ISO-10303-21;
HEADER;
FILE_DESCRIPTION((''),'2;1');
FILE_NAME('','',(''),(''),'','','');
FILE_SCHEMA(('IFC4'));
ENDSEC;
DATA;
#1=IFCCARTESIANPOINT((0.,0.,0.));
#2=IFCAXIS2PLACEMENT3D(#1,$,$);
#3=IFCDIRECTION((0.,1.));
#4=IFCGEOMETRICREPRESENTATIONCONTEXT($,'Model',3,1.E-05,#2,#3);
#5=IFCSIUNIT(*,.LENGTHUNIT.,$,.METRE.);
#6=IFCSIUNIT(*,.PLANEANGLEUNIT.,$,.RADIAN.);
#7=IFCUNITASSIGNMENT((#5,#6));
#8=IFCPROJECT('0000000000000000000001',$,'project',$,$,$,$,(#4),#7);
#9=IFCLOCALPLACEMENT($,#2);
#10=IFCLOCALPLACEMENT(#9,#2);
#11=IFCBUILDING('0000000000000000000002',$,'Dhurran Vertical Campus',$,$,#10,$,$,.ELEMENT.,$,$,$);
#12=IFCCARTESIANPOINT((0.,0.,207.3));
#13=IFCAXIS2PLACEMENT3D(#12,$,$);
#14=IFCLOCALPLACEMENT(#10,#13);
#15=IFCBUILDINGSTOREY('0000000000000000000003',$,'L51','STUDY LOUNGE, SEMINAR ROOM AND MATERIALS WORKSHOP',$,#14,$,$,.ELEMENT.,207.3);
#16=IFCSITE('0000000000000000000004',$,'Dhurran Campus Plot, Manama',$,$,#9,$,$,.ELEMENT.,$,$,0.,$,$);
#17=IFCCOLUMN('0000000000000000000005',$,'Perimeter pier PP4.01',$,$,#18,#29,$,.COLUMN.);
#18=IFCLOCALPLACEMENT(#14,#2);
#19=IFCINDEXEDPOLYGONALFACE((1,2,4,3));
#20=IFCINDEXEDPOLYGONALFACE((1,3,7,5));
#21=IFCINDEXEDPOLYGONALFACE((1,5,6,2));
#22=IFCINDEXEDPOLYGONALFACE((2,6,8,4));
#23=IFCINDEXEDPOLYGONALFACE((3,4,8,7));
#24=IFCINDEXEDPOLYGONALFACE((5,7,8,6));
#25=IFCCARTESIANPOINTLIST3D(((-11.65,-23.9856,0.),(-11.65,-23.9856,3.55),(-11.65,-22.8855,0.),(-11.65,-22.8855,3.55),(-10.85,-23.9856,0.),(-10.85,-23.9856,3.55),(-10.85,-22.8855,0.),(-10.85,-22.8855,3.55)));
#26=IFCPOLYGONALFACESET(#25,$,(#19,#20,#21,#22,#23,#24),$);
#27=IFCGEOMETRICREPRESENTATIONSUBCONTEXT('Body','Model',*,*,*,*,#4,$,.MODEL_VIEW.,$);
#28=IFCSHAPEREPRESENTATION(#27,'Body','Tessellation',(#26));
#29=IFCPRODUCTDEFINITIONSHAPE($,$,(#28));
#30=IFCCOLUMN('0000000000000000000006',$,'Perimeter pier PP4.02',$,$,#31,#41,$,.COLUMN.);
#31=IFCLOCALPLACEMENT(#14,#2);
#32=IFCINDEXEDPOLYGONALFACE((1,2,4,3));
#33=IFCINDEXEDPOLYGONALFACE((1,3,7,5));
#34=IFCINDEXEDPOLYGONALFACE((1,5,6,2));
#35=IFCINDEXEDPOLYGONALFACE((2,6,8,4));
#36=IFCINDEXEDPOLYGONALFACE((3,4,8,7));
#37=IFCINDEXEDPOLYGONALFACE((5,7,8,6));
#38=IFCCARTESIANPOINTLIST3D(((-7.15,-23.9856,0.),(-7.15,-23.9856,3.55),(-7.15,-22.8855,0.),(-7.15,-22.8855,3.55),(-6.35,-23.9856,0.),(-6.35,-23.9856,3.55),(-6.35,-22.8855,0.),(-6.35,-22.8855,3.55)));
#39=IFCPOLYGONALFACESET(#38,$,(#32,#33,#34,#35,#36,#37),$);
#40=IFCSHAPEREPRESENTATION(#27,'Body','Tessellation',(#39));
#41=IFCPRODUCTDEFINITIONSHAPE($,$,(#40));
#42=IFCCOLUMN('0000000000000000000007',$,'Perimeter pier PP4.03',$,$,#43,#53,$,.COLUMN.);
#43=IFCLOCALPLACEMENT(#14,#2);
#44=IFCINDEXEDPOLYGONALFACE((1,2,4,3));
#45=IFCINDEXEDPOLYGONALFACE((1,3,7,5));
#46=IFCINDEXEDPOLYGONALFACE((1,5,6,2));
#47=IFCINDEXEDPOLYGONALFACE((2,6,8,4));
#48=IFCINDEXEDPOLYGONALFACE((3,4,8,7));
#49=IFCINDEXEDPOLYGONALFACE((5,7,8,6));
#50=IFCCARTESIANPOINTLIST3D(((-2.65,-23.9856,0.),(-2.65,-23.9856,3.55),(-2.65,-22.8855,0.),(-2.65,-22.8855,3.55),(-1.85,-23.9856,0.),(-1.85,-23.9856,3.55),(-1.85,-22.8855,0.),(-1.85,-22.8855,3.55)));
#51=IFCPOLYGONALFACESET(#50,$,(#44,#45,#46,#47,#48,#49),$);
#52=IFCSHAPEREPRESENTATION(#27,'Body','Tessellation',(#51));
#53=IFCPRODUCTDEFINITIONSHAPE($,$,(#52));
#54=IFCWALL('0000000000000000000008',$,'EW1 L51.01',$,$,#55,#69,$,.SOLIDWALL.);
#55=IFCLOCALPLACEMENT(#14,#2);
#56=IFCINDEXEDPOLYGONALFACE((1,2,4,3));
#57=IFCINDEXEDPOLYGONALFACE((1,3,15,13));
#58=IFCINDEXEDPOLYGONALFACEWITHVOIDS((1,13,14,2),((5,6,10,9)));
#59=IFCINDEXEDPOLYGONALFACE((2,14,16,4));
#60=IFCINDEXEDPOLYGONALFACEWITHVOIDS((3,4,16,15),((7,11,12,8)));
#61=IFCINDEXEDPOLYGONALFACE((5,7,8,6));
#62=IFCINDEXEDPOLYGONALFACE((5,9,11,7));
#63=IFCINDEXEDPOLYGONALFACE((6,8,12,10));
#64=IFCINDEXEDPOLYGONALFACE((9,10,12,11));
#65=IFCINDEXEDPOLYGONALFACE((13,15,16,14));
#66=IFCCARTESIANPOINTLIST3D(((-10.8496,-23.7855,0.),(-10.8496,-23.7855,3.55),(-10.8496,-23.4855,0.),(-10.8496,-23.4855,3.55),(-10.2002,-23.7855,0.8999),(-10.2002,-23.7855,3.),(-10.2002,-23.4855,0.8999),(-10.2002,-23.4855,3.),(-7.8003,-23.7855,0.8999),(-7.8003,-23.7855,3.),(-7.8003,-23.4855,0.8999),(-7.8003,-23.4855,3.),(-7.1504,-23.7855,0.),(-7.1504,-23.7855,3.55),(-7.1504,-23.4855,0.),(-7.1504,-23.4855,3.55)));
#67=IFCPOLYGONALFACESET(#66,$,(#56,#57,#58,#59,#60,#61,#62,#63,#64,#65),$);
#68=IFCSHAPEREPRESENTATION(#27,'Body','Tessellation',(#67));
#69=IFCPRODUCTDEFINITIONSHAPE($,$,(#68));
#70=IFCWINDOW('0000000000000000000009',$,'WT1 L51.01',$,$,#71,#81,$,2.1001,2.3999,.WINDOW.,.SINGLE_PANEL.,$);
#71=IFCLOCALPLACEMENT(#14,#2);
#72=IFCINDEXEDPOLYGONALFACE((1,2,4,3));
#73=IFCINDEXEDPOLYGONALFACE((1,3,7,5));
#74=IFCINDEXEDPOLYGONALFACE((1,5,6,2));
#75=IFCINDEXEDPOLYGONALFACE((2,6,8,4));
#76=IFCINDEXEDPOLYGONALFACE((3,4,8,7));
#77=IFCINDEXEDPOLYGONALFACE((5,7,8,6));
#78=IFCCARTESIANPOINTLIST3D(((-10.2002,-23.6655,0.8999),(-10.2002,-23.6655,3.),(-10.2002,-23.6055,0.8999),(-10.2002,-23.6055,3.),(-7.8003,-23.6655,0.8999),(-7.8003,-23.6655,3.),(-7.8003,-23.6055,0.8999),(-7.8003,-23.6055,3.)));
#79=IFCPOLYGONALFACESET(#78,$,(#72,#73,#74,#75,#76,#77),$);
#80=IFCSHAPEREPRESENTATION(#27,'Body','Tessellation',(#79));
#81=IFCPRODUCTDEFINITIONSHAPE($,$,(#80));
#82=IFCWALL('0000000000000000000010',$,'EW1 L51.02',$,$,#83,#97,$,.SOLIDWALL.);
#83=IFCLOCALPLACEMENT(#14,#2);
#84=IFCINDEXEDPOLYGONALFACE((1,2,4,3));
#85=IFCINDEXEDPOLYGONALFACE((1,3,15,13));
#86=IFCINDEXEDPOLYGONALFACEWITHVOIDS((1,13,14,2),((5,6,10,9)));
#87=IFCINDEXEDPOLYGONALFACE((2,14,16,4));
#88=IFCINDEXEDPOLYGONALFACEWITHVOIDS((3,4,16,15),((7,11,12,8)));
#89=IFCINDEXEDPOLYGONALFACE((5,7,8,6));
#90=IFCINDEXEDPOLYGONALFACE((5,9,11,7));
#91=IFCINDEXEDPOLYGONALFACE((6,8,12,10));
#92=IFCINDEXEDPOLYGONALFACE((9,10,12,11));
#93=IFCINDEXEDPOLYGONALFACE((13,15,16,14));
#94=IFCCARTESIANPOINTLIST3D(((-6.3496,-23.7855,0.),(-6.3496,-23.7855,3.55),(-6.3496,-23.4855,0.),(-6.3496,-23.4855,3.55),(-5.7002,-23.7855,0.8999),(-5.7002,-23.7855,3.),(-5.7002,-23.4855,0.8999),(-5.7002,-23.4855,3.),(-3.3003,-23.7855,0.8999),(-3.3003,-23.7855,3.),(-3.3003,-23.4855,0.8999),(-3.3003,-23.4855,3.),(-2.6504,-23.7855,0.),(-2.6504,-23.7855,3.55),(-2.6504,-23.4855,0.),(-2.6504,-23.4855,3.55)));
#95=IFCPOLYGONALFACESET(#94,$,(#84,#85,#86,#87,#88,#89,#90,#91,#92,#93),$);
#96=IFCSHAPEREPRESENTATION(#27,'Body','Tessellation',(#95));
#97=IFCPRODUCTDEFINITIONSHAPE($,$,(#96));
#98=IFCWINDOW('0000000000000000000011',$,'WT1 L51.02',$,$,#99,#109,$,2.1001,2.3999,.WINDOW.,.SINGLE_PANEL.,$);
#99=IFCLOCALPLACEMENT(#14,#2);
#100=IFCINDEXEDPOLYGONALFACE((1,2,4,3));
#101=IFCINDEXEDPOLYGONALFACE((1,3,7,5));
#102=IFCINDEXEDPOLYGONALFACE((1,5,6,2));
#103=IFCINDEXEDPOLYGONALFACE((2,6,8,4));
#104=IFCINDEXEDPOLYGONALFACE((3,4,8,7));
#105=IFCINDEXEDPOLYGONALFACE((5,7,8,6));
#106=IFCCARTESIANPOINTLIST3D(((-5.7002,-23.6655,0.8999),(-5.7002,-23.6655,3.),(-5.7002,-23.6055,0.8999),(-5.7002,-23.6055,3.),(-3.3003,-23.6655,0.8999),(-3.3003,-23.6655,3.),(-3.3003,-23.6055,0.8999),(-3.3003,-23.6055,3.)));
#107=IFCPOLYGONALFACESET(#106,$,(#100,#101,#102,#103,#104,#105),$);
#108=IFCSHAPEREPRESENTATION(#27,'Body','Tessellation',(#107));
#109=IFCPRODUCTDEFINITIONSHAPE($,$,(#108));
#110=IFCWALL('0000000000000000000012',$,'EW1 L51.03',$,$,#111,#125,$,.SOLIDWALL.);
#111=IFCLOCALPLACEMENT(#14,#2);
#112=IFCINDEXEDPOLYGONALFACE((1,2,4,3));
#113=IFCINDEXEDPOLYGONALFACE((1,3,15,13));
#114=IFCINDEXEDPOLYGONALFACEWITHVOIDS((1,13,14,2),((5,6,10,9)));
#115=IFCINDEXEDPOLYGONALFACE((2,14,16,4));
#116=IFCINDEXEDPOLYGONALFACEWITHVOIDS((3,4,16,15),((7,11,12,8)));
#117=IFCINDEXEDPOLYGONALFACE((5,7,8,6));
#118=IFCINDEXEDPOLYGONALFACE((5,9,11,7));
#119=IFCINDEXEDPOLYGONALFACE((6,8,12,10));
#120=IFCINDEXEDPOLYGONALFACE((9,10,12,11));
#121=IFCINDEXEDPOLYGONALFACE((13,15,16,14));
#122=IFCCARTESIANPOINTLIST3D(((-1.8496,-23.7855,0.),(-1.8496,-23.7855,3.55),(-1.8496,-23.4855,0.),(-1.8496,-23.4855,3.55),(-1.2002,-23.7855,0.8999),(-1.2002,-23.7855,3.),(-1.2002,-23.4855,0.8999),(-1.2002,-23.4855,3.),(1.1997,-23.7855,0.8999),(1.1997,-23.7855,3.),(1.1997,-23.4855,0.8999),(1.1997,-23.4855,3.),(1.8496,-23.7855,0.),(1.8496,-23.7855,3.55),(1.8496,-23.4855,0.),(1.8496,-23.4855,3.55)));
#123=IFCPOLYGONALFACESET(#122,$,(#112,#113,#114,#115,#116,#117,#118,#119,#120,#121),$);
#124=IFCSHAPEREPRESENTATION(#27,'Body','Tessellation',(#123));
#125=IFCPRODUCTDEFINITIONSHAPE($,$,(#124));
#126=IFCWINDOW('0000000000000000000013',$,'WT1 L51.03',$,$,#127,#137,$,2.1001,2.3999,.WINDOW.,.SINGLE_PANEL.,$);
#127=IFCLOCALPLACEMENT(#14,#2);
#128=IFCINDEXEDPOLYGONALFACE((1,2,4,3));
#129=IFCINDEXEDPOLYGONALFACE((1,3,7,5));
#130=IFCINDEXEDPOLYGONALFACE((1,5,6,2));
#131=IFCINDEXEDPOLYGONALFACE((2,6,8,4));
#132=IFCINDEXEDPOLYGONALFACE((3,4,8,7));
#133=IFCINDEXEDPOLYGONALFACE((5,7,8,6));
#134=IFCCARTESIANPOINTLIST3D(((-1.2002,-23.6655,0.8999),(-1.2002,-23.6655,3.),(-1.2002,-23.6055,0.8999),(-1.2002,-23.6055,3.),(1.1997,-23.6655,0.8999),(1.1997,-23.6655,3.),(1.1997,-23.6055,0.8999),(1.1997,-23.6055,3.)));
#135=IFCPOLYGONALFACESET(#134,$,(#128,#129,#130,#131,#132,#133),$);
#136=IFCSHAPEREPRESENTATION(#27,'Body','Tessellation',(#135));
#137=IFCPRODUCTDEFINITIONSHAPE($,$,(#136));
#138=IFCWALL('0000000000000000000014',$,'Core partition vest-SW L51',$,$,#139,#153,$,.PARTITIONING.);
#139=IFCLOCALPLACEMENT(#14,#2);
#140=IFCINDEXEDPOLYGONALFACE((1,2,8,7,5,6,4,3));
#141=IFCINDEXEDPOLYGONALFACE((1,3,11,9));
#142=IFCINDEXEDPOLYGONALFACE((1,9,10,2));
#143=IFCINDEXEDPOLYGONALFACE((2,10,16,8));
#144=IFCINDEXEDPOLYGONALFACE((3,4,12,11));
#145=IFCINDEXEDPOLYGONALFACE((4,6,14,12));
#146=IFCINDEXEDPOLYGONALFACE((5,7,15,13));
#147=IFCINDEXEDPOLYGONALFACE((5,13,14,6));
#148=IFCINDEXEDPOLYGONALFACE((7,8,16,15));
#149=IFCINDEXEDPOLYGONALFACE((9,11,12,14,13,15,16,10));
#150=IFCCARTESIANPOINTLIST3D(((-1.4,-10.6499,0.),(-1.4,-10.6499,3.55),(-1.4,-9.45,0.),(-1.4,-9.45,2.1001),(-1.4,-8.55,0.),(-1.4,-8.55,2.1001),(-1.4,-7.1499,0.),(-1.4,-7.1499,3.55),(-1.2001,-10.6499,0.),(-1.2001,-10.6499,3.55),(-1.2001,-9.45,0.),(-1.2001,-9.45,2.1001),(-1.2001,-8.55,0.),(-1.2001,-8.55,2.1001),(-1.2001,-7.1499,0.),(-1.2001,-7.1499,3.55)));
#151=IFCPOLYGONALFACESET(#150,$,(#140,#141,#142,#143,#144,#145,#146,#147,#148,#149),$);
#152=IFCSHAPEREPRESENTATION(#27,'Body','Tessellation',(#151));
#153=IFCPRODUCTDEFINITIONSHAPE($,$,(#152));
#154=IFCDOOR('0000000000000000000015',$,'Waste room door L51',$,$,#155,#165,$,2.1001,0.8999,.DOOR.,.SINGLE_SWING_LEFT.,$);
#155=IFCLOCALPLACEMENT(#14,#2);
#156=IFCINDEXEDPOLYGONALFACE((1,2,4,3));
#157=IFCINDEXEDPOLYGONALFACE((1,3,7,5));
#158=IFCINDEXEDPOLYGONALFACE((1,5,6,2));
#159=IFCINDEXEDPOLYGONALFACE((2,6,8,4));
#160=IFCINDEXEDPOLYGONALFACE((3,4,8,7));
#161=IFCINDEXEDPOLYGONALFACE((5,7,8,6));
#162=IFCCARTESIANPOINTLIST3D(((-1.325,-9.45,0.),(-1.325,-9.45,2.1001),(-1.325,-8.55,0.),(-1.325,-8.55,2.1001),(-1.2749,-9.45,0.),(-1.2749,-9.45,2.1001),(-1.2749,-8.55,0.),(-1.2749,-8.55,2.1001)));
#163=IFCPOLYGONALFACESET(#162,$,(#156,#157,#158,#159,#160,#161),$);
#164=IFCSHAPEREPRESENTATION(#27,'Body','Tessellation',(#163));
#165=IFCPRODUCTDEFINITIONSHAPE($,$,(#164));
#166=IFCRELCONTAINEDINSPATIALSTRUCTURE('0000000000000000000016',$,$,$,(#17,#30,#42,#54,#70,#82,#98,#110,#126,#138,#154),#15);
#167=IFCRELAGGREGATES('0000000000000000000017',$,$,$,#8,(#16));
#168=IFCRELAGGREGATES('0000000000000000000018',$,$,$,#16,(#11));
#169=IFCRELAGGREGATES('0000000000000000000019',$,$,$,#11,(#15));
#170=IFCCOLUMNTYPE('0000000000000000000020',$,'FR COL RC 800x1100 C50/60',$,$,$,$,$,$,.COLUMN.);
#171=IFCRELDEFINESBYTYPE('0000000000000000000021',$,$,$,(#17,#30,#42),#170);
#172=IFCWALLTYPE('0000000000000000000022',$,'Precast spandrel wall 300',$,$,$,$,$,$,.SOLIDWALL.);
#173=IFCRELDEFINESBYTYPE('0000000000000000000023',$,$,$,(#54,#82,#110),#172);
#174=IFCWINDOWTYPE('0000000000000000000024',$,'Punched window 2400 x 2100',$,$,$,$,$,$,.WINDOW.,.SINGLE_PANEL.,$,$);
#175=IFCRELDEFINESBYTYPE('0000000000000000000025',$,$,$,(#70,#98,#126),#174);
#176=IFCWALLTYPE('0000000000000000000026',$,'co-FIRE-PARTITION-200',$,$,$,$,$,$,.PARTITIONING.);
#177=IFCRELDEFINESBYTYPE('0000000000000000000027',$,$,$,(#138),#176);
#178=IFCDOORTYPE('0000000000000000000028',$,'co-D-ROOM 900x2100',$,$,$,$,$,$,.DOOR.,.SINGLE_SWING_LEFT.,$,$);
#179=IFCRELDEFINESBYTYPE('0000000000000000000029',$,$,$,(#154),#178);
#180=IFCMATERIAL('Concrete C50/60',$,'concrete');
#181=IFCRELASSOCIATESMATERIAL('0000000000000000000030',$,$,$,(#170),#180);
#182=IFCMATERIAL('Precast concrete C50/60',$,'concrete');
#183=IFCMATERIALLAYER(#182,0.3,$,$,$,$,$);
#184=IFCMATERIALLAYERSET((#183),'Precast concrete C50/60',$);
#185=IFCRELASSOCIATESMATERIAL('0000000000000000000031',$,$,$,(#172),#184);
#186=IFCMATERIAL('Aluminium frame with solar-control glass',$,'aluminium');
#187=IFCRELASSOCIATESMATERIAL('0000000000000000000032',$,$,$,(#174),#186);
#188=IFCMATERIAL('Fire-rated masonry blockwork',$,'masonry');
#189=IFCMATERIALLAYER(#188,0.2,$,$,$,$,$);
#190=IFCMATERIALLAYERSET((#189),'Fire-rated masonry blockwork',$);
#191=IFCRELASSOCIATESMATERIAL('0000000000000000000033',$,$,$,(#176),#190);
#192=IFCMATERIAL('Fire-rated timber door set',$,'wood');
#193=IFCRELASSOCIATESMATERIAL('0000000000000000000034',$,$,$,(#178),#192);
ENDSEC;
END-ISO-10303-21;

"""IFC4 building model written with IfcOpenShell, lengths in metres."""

from ifc_helpers import new_model, si_unit, direction, frame, frame_2d, origin, origin_2d, place, context, subcontext, project, spatial, rectangle, extrude, material, layer, layer_set, material_profile, profile_set, type_object, element, fill, save


model = new_model("IFC4")

# Units and contexts
model_context = context("Model", 3, precision=1e-05, world=origin(), true_north=direction((0.0, 1.0)))
body_context = subcontext(model_context, "Body", "Model", "MODEL_VIEW")
ifc_project = project(units=[si_unit("LENGTHUNIT", "METRE"), si_unit("PLANEANGLEUNIT", "RADIAN")], contexts=[model_context])

# Site, building, storey
site_placement = place(None, origin())
site = spatial("IfcSite", under=ifc_project, at=site_placement, Name="Dhurran Campus Plot, Manama", CompositionType="ELEMENT", RefElevation=0.0)
building_placement = place(site_placement, origin())
building = spatial("IfcBuilding", under=site, at=building_placement, Name="Dhurran Vertical Campus", CompositionType="ELEMENT")
storey_placement = place(building_placement, frame((0.0, 0.0, 207.3)))
storey = spatial("IfcBuildingStorey", under=building, at=storey_placement, Name="L51", Description="STUDY LOUNGE, SEMINAR ROOM AND MATERIALS WORKSHOP", CompositionType="ELEMENT", Elevation=207.3)

# Columns
ifc_material_1 = material(Name="Concrete C50/60", Category="concrete")
ifc_material_profile = material_profile(ifc_material_1, rectangle(XDim=0.8, YDim=1.1001, at=origin_2d()), Name="RC 800x1100")
ifc_profile_set = profile_set([ifc_material_profile], Name="Concrete C50/60")
column_type = type_object("IfcColumnType", Name="FR COL RC 800x1100 C50/60", PredefinedType="COLUMN", material=ifc_profile_set)
for number, where, z_axis, x_axis, name in (
    (1, (-11.25, -23.4355, 0.0), (0.0, 0.0, 1.0), (1.0, 0.0, 0.0), "Perimeter pier PP4.01"),
    (2, (-6.75, -23.4355, 0.0), (0.0, 0.0, 1.0), (1.0, 0.0, 0.0), "Perimeter pier PP4.02"),
    (3, (-2.25, -23.4355, 0.0), (0.0, 0.0, 1.0), (1.0, 0.0, 0.0), "Perimeter pier PP4.03"),
):
    element("IfcColumn", number, at=place(storey_placement, frame(where, z_axis=z_axis, x_axis=x_axis)), inside=storey, type_object=column_type, Name=name, PredefinedType="COLUMN", context=body_context, shape_type="SweptSolid", body=[
        extrude(rectangle(XDim=0.8, YDim=1.1001, at=origin_2d()), origin(), (0.0, 0.0, 1.0), 3.55),
    ])

# Walls, openings, windows
ifc_material_2 = material(Name="Precast concrete C50/60", Category="concrete")
ifc_layer_1 = layer(ifc_material_2, 0.3)
ifc_layer_set_1 = layer_set([ifc_layer_1], Name="Precast concrete C50/60")
wall_type_1 = type_object("IfcWallType", Name="Precast spandrel wall 300", PredefinedType="SOLIDWALL", material=ifc_layer_set_1)
wall_1_placement = place(storey_placement, frame((-10.8496, -23.6355, 0.0), z_axis=(0.0, 0.0, 1.0), x_axis=(1.0, 0.0, 0.0)))
wall_1 = element("IfcWall", 4, at=wall_1_placement, inside=storey, type_object=wall_type_1, Name="EW1 L51.01", PredefinedType="SOLIDWALL", context=body_context, shape_type="SweptSolid", body=[
    extrude(rectangle(XDim=3.6992, YDim=0.3, at=frame_2d((1.8496, 0.0))), origin(), (0.0, 0.0, 1.0), 3.55),
])
opening_1_placement = place(wall_1_placement, frame((0.6494, 0.0, 0.8999)))
opening_1 = element("IfcOpeningElement", 5, at=opening_1_placement, cuts=wall_1, PredefinedType="OPENING", context=body_context, shape_type="SweptSolid", body=[
    extrude(rectangle(XDim=2.3999, YDim=2.1001, at=frame_2d((1.2, 1.05))), frame((0.0, 0.1599, 0.0), z_axis=(0.0, -1.0, 0.0), x_axis=(1.0, 0.0, 0.0)), (0.0, 0.0, 1.0), 0.3201),
])
ifc_material_3 = material(Name="Aluminium frame with solar-control glass", Category="aluminium")
window_type = type_object("IfcWindowType", Name="Punched window 2400 x 2100", PartitioningType="SINGLE_PANEL", PredefinedType="WINDOW", material=ifc_material_3)
window_1_placement = place(opening_1_placement, origin())
window_1 = element("IfcWindow", 6, at=window_1_placement, inside=storey, type_object=window_type, Name="WT1 L51.01", OverallHeight=2.1001, OverallWidth=2.3999, PartitioningType="SINGLE_PANEL", PredefinedType="WINDOW", context=body_context, shape_type="SweptSolid", body=[
    extrude(rectangle(XDim=2.3999, YDim=2.1001, at=frame_2d((1.2, 1.05))), frame((0.0, 0.03, 0.0), z_axis=(0.0, -1.0, 0.0), x_axis=(1.0, 0.0, 0.0)), (0.0, 0.0, 1.0), 0.0601),
])
fill(opening_1, window_1)
wall_2_placement = place(storey_placement, frame((-6.3496, -23.6355, 0.0), z_axis=(0.0, 0.0, 1.0), x_axis=(1.0, 0.0, 0.0)))
wall_2 = element("IfcWall", 7, at=wall_2_placement, inside=storey, type_object=wall_type_1, Name="EW1 L51.02", PredefinedType="SOLIDWALL", context=body_context, shape_type="SweptSolid", body=[
    extrude(rectangle(XDim=3.6992, YDim=0.3, at=frame_2d((1.8496, 0.0))), origin(), (0.0, 0.0, 1.0), 3.55),
])
opening_2_placement = place(wall_2_placement, frame((0.6494, 0.0, 0.8999)))
opening_2 = element("IfcOpeningElement", 8, at=opening_2_placement, cuts=wall_2, PredefinedType="OPENING", context=body_context, shape_type="SweptSolid", body=[
    extrude(rectangle(XDim=2.3999, YDim=2.1001, at=frame_2d((1.2, 1.05))), frame((0.0, 0.1599, 0.0), z_axis=(0.0, -1.0, 0.0), x_axis=(1.0, 0.0, 0.0)), (0.0, 0.0, 1.0), 0.3201),
])
window_2_placement = place(opening_2_placement, origin())
window_2 = element("IfcWindow", 9, at=window_2_placement, inside=storey, type_object=window_type, Name="WT1 L51.02", OverallHeight=2.1001, OverallWidth=2.3999, PartitioningType="SINGLE_PANEL", PredefinedType="WINDOW", context=body_context, shape_type="SweptSolid", body=[
    extrude(rectangle(XDim=2.3999, YDim=2.1001, at=frame_2d((1.2, 1.05))), frame((0.0, 0.03, 0.0), z_axis=(0.0, -1.0, 0.0), x_axis=(1.0, 0.0, 0.0)), (0.0, 0.0, 1.0), 0.0601),
])
fill(opening_2, window_2)
wall_3_placement = place(storey_placement, frame((-1.8496, -23.6355, 0.0), z_axis=(0.0, 0.0, 1.0), x_axis=(1.0, 0.0, 0.0)))
wall_3 = element("IfcWall", 10, at=wall_3_placement, inside=storey, type_object=wall_type_1, Name="EW1 L51.03", PredefinedType="SOLIDWALL", context=body_context, shape_type="SweptSolid", body=[
    extrude(rectangle(XDim=3.6992, YDim=0.3, at=frame_2d((1.8496, 0.0))), origin(), (0.0, 0.0, 1.0), 3.55),
])
opening_3_placement = place(wall_3_placement, frame((0.6494, 0.0, 0.8999)))
opening_3 = element("IfcOpeningElement", 11, at=opening_3_placement, cuts=wall_3, PredefinedType="OPENING", context=body_context, shape_type="SweptSolid", body=[
    extrude(rectangle(XDim=2.3999, YDim=2.1001, at=frame_2d((1.2, 1.05))), frame((0.0, 0.1599, 0.0), z_axis=(0.0, -1.0, 0.0), x_axis=(1.0, 0.0, 0.0)), (0.0, 0.0, 1.0), 0.3201),
])
window_3_placement = place(opening_3_placement, origin())
window_3 = element("IfcWindow", 12, at=window_3_placement, inside=storey, type_object=window_type, Name="WT1 L51.03", OverallHeight=2.1001, OverallWidth=2.3999, PartitioningType="SINGLE_PANEL", PredefinedType="WINDOW", context=body_context, shape_type="SweptSolid", body=[
    extrude(rectangle(XDim=2.3999, YDim=2.1001, at=frame_2d((1.2, 1.05))), frame((0.0, 0.03, 0.0), z_axis=(0.0, -1.0, 0.0), x_axis=(1.0, 0.0, 0.0)), (0.0, 0.0, 1.0), 0.0601),
])
fill(opening_3, window_3)

# Wall, opening, door
ifc_material_4 = material(Name="Fire-rated masonry blockwork", Category="masonry")
ifc_layer_2 = layer(ifc_material_4, 0.2)
ifc_layer_set_2 = layer_set([ifc_layer_2], Name="Fire-rated masonry blockwork")
wall_type_2 = type_object("IfcWallType", Name="co-FIRE-PARTITION-200", PredefinedType="PARTITIONING", material=ifc_layer_set_2)
wall_4_placement = place(storey_placement, frame((-1.3, -10.6499, 0.0), z_axis=(0.0, 0.0, 1.0), x_axis=(0.0, 1.0, 0.0)))
wall_4 = element("IfcWall", 13, at=wall_4_placement, inside=storey, type_object=wall_type_2, Name="Core partition vest-SW L51", PredefinedType="PARTITIONING", context=body_context, shape_type="SweptSolid", body=[
    extrude(rectangle(XDim=3.5, YDim=0.2, at=frame_2d((1.75, 0.0))), origin(), (0.0, 0.0, 1.0), 3.55),
])
opening_4_placement = place(wall_4_placement, frame((1.2, 0.0, 0.0)))
opening_4 = element("IfcOpeningElement", 14, at=opening_4_placement, cuts=wall_4, PredefinedType="OPENING", context=body_context, shape_type="SweptSolid", body=[
    extrude(rectangle(XDim=0.8999, YDim=2.1001, at=frame_2d((0.45, 1.05))), frame((0.0, 0.1099, 0.0), z_axis=(0.0, -1.0, 0.0), x_axis=(1.0, 0.0, 0.0)), (0.0, 0.0, 1.0), 0.22),
])
ifc_material_5 = material(Name="Fire-rated timber door set", Category="wood")
door_type = type_object("IfcDoorType", Name="co-D-ROOM 900x2100", OperationType="SINGLE_SWING_LEFT", PredefinedType="DOOR", material=ifc_material_5)
door_placement = place(opening_4_placement, origin())
door = element("IfcDoor", 15, at=door_placement, inside=storey, type_object=door_type, Name="Waste room door L51", OperationType="SINGLE_SWING_LEFT", OverallHeight=2.1001, OverallWidth=0.8999, PredefinedType="DOOR", context=body_context, shape_type="SweptSolid", body=[
    extrude(rectangle(XDim=0.8999, YDim=2.1001, at=frame_2d((0.45, 1.05))), frame((0.0, 0.0249, 0.0), z_axis=(0.0, -1.0, 0.0), x_axis=(1.0, 0.0, 0.0)), (0.0, 0.0, 1.0), 0.05),
])
fill(opening_4, door)

save(model, "model.ifc")
